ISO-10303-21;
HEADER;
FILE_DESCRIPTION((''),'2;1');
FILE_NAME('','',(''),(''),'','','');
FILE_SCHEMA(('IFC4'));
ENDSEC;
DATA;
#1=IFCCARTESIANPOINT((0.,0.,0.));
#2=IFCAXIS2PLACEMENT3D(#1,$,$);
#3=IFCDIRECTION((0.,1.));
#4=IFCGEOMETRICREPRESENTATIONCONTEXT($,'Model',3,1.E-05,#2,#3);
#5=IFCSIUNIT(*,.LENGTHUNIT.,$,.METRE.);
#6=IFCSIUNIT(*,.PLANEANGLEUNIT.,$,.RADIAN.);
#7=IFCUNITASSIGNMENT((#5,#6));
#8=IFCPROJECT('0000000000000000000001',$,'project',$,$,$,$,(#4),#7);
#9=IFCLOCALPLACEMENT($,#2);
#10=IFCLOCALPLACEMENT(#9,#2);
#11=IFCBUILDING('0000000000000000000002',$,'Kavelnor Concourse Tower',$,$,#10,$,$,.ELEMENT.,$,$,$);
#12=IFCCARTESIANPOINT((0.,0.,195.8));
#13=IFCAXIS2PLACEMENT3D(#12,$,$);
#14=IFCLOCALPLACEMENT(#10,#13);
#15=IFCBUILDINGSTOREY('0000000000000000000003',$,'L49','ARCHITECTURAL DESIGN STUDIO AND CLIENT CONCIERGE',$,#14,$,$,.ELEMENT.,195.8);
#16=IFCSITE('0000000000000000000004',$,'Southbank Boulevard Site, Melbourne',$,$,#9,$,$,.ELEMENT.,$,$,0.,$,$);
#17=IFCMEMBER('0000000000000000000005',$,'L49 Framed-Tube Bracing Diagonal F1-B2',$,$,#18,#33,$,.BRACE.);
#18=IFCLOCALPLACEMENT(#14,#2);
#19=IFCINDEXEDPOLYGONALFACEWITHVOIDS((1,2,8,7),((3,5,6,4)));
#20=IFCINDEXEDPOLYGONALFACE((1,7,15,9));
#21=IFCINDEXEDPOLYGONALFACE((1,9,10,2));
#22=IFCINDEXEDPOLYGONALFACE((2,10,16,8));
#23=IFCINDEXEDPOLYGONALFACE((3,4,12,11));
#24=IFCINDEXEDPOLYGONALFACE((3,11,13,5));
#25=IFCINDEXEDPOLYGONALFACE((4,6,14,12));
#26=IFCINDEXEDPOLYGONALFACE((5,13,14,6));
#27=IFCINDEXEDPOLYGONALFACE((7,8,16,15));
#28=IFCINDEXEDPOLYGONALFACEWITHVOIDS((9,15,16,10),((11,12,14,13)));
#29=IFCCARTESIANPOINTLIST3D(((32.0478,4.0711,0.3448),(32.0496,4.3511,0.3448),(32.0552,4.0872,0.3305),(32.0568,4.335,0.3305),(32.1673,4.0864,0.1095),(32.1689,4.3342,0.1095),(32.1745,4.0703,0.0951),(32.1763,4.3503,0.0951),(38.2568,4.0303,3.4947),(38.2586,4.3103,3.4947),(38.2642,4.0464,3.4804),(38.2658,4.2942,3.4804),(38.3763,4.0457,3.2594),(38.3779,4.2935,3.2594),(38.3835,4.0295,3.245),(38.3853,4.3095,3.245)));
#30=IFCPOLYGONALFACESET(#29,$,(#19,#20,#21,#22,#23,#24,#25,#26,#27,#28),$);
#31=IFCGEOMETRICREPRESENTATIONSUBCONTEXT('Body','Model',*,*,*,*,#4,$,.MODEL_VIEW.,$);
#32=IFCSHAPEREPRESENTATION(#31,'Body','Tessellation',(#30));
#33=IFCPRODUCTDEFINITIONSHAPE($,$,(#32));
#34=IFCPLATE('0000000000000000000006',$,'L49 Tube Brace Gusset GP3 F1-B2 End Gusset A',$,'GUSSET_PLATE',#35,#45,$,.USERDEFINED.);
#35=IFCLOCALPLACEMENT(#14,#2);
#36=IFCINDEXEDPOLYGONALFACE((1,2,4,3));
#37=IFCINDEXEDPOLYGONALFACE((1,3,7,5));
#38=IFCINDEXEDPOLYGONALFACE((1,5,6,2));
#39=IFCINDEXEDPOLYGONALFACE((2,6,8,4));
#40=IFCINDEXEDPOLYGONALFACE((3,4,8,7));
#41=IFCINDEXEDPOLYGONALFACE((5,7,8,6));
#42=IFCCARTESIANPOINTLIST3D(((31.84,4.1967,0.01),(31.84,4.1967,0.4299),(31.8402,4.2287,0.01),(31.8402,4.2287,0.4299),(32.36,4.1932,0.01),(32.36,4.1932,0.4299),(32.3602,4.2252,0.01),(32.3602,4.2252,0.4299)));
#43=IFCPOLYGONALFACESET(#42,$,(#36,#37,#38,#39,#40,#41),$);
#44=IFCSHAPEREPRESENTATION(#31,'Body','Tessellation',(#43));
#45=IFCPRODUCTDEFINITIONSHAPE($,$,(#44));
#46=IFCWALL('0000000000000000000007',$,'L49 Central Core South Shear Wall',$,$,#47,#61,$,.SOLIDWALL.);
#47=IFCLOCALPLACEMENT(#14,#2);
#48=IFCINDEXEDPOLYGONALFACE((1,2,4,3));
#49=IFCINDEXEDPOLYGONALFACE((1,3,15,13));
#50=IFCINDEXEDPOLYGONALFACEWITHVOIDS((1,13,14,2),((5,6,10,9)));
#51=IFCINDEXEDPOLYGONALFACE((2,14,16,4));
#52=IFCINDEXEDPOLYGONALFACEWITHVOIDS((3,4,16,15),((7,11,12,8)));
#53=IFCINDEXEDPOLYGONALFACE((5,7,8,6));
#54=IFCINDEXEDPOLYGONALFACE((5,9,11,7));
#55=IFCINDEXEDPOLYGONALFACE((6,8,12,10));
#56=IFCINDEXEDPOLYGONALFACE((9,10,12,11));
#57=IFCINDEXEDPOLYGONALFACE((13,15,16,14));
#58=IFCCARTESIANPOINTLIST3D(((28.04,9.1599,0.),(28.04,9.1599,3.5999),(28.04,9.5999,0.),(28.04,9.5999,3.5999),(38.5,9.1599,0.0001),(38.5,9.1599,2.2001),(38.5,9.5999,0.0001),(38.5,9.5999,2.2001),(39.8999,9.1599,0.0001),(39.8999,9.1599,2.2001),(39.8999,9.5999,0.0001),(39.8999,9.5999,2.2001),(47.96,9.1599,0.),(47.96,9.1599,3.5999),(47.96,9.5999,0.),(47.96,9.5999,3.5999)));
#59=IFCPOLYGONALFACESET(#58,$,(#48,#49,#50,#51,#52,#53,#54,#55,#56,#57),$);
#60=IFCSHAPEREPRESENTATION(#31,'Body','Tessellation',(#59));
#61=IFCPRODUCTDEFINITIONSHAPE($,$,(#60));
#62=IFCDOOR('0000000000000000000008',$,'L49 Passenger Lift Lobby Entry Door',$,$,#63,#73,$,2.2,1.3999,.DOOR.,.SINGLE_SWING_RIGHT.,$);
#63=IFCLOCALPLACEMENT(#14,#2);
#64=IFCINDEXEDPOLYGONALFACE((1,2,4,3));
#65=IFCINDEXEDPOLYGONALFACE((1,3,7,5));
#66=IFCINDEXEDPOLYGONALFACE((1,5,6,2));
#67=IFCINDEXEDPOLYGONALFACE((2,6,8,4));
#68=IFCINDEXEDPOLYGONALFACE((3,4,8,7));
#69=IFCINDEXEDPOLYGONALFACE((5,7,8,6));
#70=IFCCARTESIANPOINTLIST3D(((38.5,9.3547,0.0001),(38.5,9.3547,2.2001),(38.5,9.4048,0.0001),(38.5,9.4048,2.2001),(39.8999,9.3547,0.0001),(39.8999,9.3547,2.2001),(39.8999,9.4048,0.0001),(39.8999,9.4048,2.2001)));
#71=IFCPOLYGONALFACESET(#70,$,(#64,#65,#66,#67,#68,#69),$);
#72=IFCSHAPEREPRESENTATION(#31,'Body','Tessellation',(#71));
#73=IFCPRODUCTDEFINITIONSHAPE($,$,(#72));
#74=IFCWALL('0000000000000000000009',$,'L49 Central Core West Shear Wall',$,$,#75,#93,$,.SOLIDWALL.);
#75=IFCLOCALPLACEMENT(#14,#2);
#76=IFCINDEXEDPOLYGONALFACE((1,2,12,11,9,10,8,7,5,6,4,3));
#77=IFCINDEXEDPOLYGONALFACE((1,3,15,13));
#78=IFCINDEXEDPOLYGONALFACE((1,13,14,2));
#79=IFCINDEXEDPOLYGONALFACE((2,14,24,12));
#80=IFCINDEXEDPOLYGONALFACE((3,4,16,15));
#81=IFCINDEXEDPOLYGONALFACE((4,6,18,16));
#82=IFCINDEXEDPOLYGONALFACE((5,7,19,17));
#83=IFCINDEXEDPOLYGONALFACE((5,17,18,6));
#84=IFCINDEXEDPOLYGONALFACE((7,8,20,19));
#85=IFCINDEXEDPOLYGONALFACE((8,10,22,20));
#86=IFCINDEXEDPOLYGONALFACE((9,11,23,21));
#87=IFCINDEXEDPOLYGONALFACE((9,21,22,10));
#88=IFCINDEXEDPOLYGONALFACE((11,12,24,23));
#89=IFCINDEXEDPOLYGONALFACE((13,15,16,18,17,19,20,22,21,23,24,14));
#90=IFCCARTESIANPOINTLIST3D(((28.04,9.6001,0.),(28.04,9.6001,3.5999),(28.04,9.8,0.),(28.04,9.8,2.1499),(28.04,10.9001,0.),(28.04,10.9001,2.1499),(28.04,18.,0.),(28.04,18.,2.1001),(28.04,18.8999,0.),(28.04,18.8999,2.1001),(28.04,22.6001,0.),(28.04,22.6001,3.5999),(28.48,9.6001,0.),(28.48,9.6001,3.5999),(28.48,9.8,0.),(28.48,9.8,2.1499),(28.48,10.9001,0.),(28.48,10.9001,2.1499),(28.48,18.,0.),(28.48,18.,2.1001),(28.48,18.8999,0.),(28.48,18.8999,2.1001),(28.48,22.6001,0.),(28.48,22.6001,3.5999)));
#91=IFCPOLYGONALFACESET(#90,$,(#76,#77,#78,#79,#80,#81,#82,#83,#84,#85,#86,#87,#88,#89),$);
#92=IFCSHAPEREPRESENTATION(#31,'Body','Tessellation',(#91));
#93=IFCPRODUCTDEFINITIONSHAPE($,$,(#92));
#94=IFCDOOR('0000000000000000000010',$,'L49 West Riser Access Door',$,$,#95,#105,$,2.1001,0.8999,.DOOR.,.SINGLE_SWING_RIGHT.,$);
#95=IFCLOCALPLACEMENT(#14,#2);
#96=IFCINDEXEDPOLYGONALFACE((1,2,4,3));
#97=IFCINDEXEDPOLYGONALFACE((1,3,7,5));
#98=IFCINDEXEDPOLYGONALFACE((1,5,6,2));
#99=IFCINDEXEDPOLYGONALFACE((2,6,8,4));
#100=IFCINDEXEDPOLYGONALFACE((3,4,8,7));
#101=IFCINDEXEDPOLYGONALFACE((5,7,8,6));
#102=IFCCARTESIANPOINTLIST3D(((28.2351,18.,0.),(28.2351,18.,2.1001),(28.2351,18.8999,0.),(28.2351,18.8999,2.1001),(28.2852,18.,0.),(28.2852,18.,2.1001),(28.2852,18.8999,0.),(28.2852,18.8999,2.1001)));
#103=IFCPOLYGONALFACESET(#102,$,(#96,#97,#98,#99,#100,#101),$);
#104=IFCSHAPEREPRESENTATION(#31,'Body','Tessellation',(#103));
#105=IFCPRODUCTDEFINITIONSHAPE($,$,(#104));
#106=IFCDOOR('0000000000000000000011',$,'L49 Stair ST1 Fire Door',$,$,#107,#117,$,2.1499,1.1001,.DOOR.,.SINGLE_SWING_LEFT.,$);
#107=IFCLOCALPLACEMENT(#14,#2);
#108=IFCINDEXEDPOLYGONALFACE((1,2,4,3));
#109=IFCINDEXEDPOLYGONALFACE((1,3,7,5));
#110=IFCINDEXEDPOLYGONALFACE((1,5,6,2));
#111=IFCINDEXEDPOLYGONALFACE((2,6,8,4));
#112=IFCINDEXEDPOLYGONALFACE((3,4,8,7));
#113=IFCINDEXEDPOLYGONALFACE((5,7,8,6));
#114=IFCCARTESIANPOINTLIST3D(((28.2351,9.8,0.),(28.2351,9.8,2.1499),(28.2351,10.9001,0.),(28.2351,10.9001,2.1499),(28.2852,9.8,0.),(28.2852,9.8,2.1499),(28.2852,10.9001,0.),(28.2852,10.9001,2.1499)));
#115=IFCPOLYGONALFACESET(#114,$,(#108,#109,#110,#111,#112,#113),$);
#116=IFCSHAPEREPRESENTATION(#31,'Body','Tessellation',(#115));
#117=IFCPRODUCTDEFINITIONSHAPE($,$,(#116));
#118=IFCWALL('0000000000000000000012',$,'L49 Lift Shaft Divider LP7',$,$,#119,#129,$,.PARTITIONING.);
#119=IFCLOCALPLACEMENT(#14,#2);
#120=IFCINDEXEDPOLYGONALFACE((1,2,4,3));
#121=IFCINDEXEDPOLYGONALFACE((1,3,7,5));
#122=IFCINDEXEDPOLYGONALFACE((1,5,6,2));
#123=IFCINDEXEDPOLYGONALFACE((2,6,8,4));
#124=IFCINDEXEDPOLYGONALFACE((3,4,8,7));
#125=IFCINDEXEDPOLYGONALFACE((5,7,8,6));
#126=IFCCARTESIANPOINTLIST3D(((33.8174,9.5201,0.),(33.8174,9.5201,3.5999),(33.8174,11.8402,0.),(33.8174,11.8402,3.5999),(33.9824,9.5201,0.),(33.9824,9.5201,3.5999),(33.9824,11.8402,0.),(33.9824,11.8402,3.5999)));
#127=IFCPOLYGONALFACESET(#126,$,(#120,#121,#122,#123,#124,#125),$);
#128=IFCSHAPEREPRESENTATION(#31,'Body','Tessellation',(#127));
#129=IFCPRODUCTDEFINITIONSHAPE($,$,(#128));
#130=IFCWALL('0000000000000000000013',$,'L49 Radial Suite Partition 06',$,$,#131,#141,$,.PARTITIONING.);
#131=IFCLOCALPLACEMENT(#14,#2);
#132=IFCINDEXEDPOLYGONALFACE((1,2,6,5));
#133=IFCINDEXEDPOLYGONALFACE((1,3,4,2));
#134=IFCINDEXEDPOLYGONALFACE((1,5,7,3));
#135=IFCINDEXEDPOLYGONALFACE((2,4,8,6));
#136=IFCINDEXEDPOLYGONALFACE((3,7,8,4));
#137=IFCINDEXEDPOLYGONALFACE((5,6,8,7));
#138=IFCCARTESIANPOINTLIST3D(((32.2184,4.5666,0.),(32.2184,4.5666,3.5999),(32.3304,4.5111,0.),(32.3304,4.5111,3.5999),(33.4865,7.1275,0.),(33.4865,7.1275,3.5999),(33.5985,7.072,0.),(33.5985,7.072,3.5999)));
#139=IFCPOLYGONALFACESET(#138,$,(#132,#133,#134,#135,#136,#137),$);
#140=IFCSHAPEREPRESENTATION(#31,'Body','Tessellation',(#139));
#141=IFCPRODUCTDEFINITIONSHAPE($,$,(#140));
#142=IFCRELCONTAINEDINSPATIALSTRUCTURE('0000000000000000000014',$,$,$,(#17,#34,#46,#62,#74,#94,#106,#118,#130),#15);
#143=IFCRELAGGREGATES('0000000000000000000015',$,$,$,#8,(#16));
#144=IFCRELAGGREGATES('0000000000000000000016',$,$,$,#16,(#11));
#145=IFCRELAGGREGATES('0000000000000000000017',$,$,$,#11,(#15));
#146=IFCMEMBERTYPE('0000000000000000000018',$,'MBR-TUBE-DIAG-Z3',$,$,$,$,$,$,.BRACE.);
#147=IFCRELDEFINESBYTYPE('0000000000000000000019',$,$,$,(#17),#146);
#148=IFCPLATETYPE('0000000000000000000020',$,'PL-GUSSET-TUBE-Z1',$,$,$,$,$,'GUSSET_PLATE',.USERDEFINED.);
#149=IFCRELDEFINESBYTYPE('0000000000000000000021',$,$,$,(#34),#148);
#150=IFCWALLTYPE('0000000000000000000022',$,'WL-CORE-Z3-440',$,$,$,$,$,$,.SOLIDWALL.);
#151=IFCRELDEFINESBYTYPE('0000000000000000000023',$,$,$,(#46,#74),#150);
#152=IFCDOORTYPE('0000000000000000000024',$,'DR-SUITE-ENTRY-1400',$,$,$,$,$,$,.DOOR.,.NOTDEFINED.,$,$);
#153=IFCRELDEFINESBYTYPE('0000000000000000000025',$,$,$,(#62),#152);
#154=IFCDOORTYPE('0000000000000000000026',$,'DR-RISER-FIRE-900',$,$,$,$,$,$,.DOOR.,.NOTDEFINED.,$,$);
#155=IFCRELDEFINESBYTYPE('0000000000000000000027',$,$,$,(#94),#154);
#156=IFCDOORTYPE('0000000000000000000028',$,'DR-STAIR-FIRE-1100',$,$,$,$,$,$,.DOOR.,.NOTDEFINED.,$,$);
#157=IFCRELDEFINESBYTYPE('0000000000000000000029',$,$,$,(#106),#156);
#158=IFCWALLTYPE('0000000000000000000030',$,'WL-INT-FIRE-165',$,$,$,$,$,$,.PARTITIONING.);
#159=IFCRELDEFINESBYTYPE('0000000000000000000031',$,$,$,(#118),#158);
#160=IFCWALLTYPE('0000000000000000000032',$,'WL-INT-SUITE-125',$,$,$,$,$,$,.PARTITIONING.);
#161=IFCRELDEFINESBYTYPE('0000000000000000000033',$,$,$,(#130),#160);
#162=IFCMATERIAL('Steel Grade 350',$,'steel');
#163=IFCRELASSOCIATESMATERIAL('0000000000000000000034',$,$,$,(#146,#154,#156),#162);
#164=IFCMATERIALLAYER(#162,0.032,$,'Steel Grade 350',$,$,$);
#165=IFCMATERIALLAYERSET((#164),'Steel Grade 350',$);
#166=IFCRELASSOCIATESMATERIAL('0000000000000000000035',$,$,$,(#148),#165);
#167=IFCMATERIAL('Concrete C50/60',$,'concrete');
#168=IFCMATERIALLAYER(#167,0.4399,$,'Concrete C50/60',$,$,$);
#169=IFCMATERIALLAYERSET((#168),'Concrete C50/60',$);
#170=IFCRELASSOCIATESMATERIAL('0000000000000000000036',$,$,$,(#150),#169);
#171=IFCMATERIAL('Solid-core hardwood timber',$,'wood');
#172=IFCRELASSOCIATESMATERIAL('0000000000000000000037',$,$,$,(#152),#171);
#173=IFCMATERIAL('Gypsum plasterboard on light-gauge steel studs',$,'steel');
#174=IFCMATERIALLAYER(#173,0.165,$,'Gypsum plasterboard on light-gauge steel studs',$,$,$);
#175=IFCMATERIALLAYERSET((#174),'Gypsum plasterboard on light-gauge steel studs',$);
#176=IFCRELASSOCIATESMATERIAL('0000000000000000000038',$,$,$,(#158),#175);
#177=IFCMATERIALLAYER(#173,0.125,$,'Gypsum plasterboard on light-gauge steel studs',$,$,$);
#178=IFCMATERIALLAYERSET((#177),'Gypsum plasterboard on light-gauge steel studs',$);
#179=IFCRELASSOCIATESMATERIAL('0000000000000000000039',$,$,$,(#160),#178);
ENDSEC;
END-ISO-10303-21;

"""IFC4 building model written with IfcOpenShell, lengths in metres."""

from ifc_helpers import new_model, si_unit, direction, frame, frame_2d, origin, origin_2d, place, context, subcontext, project, spatial, rectangle, hollow_rectangle, extrude, material, layer, layer_set, material_profile, profile_set, type_object, element, fill, save


model = new_model("IFC4")

# Units and contexts
model_context = context("Model", 3, precision=1e-05, world=origin(), true_north=direction((0.0, 1.0)))
body_context = subcontext(model_context, "Body", "Model", "MODEL_VIEW")
ifc_project = project(units=[si_unit("LENGTHUNIT", "METRE"), si_unit("PLANEANGLEUNIT", "RADIAN")], contexts=[model_context])

# Site, building, storey
site_placement = place(None, origin())
site = spatial("IfcSite", under=ifc_project, at=site_placement, Name="Southbank Boulevard Site, Melbourne", CompositionType="ELEMENT", RefElevation=0.0)
building_placement = place(site_placement, origin())
building = spatial("IfcBuilding", under=site, at=building_placement, Name="Kavelnor Concourse Tower", CompositionType="ELEMENT")
storey_placement = place(building_placement, frame((0.0, 0.0, 195.8)))
storey = spatial("IfcBuildingStorey", under=building, at=storey_placement, Name="L49", Description="ARCHITECTURAL DESIGN STUDIO AND CLIENT CONCIERGE", CompositionType="ELEMENT", Elevation=195.8)

# Shared definitions
ifc_material_1 = material(Name="Steel Grade 350", Category="steel")

# Member
ifc_material_profile_1 = material_profile(ifc_material_1, hollow_rectangle(XDim=0.28, YDim=0.28, WallThickness=0.0161, at=origin_2d()), Name="SHS 280x280x16")
ifc_profile_set_1 = profile_set([ifc_material_profile_1], Name="Steel Grade 350")
member_type = type_object("IfcMemberType", Name="MBR-TUBE-DIAG-Z3", PredefinedType="BRACE", material=ifc_profile_set_1)
member_placement = place(storey_placement, frame((32.1121, 4.2107, 0.22), z_axis=(0.891788, -0.005856, 0.452416), x_axis=(0.006566, 0.999978, 0.0)))
element("IfcMember", 1, at=member_placement, inside=storey, type_object=member_type, Name="L49 Framed-Tube Bracing Diagonal F1-B2", PredefinedType="BRACE", context=body_context, shape_type="SweptSolid", body=[
    extrude(hollow_rectangle(XDim=0.28, YDim=0.28, WallThickness=0.0161, at=origin_2d()), origin(), (0.0, 0.0, 1.0), 6.9624),
])

# Plate
ifc_layer_1 = layer(ifc_material_1, 0.032, Name="Steel Grade 350")
ifc_layer_set_1 = layer_set([ifc_layer_1], Name="Steel Grade 350")
plate_type = type_object("IfcPlateType", Name="PL-GUSSET-TUBE-Z1", ElementType="GUSSET_PLATE", PredefinedType="USERDEFINED", material=ifc_layer_set_1)
plate_placement = place(storey_placement, frame((32.1001, 4.2109, 0.01), z_axis=(0.0, 0.0, 1.0), x_axis=(0.999978, -0.006632, 0.0)))
element("IfcPlate", 2, at=plate_placement, inside=storey, type_object=plate_type, Name="L49 Tube Brace Gusset GP3 F1-B2 End Gusset A", ObjectType="GUSSET_PLATE", PredefinedType="USERDEFINED", context=body_context, shape_type="SweptSolid", body=[
    extrude(rectangle(XDim=0.52, YDim=0.032, at=origin_2d()), origin(), (0.0, 0.0, 1.0), 0.4199),
])

# Wall, opening, door
ifc_material_2 = material(Name="Concrete C50/60", Category="concrete")
ifc_layer_2 = layer(ifc_material_2, 0.4399, Name="Concrete C50/60")
ifc_layer_set_2 = layer_set([ifc_layer_2], Name="Concrete C50/60")
wall_type_1 = type_object("IfcWallType", Name="WL-CORE-Z3-440", PredefinedType="SOLIDWALL", material=ifc_layer_set_2)
wall_1_placement = place(storey_placement, frame((28.04, 9.3799, 0.0), z_axis=(0.0, 0.0, 1.0), x_axis=(1.0, 0.0, 0.0)))
wall_1 = element("IfcWall", 3, at=wall_1_placement, inside=storey, type_object=wall_type_1, Name="L49 Central Core South Shear Wall", PredefinedType="SOLIDWALL", context=body_context, shape_type="SweptSolid", body=[
    extrude(rectangle(XDim=19.9199, YDim=0.4399, at=frame_2d((9.96, 0.0))), origin(), (0.0, 0.0, 1.0), 3.5999),
])
opening_1_placement = place(wall_1_placement, frame((10.46, 0.0, 0.0)))
opening_1 = element("IfcOpeningElement", 4, at=opening_1_placement, cuts=wall_1, PredefinedType="OPENING", context=body_context, shape_type="SweptSolid", body=[
    extrude(rectangle(XDim=1.3999, YDim=2.2, at=frame_2d((0.7, 1.1001))), frame((0.0, 0.23, 0.0), z_axis=(0.0, -1.0, 0.0), x_axis=(1.0, 0.0, 0.0)), (0.0, 0.0, 1.0), 0.46),
])
ifc_material_3 = material(Name="Solid-core hardwood timber", Category="wood")
door_type_1 = type_object("IfcDoorType", Name="DR-SUITE-ENTRY-1400", OperationType="NOTDEFINED", PredefinedType="DOOR", material=ifc_material_3)
door_1_placement = place(opening_1_placement, origin())
door_1 = element("IfcDoor", 5, at=door_1_placement, inside=storey, type_object=door_type_1, Name="L49 Passenger Lift Lobby Entry Door", OperationType="SINGLE_SWING_RIGHT", OverallHeight=2.2, OverallWidth=1.3999, PredefinedType="DOOR", context=body_context, shape_type="SweptSolid", body=[
    extrude(rectangle(XDim=1.3999, YDim=2.2, at=frame_2d((0.7, 1.1001))), frame((0.0, 0.0249, 0.0), z_axis=(0.0, -1.0, 0.0), x_axis=(1.0, 0.0, 0.0)), (0.0, 0.0, 1.0), 0.05),
])
fill(opening_1, door_1)

# Wall, openings, doors
wall_2_placement = place(storey_placement, frame((28.26, 9.6001, 0.0), z_axis=(0.0, 0.0, 1.0), x_axis=(0.0, 1.0, 0.0)))
wall_2 = element("IfcWall", 6, at=wall_2_placement, inside=storey, type_object=wall_type_1, Name="L49 Central Core West Shear Wall", PredefinedType="SOLIDWALL", context=body_context, shape_type="SweptSolid", body=[
    extrude(rectangle(XDim=13.0, YDim=0.4399, at=frame_2d((6.5, 0.0))), origin(), (0.0, 0.0, 1.0), 3.5999),
])
opening_2_placement = place(wall_2_placement, frame((0.2, 0.0, 0.0)))
opening_2 = element("IfcOpeningElement", 7, at=opening_2_placement, cuts=wall_2, PredefinedType="OPENING", context=body_context, shape_type="SweptSolid", body=[
    extrude(rectangle(XDim=1.1001, YDim=2.1499, at=frame_2d((0.55, 1.075))), frame((0.0, 0.23, 0.0), z_axis=(0.0, -1.0, 0.0), x_axis=(1.0, 0.0, 0.0)), (0.0, 0.0, 1.0), 0.46),
])
opening_3_placement = place(wall_2_placement, frame((8.3999, 0.0, 0.0)))
opening_3 = element("IfcOpeningElement", 8, at=opening_3_placement, cuts=wall_2, PredefinedType="OPENING", context=body_context, shape_type="SweptSolid", body=[
    extrude(rectangle(XDim=0.8999, YDim=2.1001, at=frame_2d((0.45, 1.05))), frame((0.0, 0.23, 0.0), z_axis=(0.0, -1.0, 0.0), x_axis=(1.0, 0.0, 0.0)), (0.0, 0.0, 1.0), 0.46),
])
door_type_2 = type_object("IfcDoorType", Name="DR-RISER-FIRE-900", OperationType="NOTDEFINED", PredefinedType="DOOR", material=ifc_material_1)
door_2_placement = place(opening_3_placement, origin())
door_2 = element("IfcDoor", 9, at=door_2_placement, inside=storey, type_object=door_type_2, Name="L49 West Riser Access Door", OperationType="SINGLE_SWING_RIGHT", OverallHeight=2.1001, OverallWidth=0.8999, PredefinedType="DOOR", context=body_context, shape_type="SweptSolid", body=[
    extrude(rectangle(XDim=0.8999, YDim=2.1001, at=frame_2d((0.45, 1.05))), frame((0.0, 0.0249, 0.0), z_axis=(0.0, -1.0, 0.0), x_axis=(1.0, 0.0, 0.0)), (0.0, 0.0, 1.0), 0.05),
])
fill(opening_3, door_2)
door_type_3 = type_object("IfcDoorType", Name="DR-STAIR-FIRE-1100", OperationType="NOTDEFINED", PredefinedType="DOOR", material=ifc_material_1)
door_3_placement = place(opening_2_placement, origin())
door_3 = element("IfcDoor", 10, at=door_3_placement, inside=storey, type_object=door_type_3, Name="L49 Stair ST1 Fire Door", OperationType="SINGLE_SWING_LEFT", OverallHeight=2.1499, OverallWidth=1.1001, PredefinedType="DOOR", context=body_context, shape_type="SweptSolid", body=[
    extrude(rectangle(XDim=1.1001, YDim=2.1499, at=frame_2d((0.55, 1.075))), frame((0.0, 0.0249, 0.0), z_axis=(0.0, -1.0, 0.0), x_axis=(1.0, 0.0, 0.0)), (0.0, 0.0, 1.0), 0.05),
])
fill(opening_2, door_3)

# Walls
ifc_material_4 = material(Name="Gypsum plasterboard on light-gauge steel studs", Category="steel")
ifc_layer_3 = layer(ifc_material_4, 0.165, Name="Gypsum plasterboard on light-gauge steel studs")
ifc_layer_set_3 = layer_set([ifc_layer_3], Name="Gypsum plasterboard on light-gauge steel studs")
wall_type_2 = type_object("IfcWallType", Name="WL-INT-FIRE-165", PredefinedType="PARTITIONING", material=ifc_layer_set_3)
wall_3_placement = place(storey_placement, frame((33.8999, 9.52, 0.0), z_axis=(0.0, 0.0, 1.0), x_axis=(0.0, 1.0, 0.0)))
element("IfcWall", 11, at=wall_3_placement, inside=storey, type_object=wall_type_2, Name="L49 Lift Shaft Divider LP7", PredefinedType="PARTITIONING", context=body_context, shape_type="SweptSolid", body=[
    extrude(rectangle(XDim=2.3201, YDim=0.165, at=frame_2d((1.1602, 0.0))), origin(), (0.0, 0.0, 1.0), 3.5999),
])
ifc_layer_4 = layer(ifc_material_4, 0.125, Name="Gypsum plasterboard on light-gauge steel studs")
ifc_layer_set_4 = layer_set([ifc_layer_4], Name="Gypsum plasterboard on light-gauge steel studs")
wall_type_3 = type_object("IfcWallType", Name="WL-INT-SUITE-125", PredefinedType="PARTITIONING", material=ifc_layer_set_4)
wall_4_placement = place(storey_placement, frame((33.5425, 7.0996, 0.0), z_axis=(0.0, 0.0, 1.0), x_axis=(-0.443759, -0.896146, 0.0)))
element("IfcWall", 12, at=wall_4_placement, inside=storey, type_object=wall_type_3, Name="L49 Radial Suite Partition 06", PredefinedType="PARTITIONING", context=body_context, shape_type="SweptSolid", body=[
    extrude(rectangle(XDim=2.8577, YDim=0.125, at=frame_2d((1.4287, 0.0))), origin(), (0.0, 0.0, 1.0), 3.5999),
])

save(model, "model.ifc")
